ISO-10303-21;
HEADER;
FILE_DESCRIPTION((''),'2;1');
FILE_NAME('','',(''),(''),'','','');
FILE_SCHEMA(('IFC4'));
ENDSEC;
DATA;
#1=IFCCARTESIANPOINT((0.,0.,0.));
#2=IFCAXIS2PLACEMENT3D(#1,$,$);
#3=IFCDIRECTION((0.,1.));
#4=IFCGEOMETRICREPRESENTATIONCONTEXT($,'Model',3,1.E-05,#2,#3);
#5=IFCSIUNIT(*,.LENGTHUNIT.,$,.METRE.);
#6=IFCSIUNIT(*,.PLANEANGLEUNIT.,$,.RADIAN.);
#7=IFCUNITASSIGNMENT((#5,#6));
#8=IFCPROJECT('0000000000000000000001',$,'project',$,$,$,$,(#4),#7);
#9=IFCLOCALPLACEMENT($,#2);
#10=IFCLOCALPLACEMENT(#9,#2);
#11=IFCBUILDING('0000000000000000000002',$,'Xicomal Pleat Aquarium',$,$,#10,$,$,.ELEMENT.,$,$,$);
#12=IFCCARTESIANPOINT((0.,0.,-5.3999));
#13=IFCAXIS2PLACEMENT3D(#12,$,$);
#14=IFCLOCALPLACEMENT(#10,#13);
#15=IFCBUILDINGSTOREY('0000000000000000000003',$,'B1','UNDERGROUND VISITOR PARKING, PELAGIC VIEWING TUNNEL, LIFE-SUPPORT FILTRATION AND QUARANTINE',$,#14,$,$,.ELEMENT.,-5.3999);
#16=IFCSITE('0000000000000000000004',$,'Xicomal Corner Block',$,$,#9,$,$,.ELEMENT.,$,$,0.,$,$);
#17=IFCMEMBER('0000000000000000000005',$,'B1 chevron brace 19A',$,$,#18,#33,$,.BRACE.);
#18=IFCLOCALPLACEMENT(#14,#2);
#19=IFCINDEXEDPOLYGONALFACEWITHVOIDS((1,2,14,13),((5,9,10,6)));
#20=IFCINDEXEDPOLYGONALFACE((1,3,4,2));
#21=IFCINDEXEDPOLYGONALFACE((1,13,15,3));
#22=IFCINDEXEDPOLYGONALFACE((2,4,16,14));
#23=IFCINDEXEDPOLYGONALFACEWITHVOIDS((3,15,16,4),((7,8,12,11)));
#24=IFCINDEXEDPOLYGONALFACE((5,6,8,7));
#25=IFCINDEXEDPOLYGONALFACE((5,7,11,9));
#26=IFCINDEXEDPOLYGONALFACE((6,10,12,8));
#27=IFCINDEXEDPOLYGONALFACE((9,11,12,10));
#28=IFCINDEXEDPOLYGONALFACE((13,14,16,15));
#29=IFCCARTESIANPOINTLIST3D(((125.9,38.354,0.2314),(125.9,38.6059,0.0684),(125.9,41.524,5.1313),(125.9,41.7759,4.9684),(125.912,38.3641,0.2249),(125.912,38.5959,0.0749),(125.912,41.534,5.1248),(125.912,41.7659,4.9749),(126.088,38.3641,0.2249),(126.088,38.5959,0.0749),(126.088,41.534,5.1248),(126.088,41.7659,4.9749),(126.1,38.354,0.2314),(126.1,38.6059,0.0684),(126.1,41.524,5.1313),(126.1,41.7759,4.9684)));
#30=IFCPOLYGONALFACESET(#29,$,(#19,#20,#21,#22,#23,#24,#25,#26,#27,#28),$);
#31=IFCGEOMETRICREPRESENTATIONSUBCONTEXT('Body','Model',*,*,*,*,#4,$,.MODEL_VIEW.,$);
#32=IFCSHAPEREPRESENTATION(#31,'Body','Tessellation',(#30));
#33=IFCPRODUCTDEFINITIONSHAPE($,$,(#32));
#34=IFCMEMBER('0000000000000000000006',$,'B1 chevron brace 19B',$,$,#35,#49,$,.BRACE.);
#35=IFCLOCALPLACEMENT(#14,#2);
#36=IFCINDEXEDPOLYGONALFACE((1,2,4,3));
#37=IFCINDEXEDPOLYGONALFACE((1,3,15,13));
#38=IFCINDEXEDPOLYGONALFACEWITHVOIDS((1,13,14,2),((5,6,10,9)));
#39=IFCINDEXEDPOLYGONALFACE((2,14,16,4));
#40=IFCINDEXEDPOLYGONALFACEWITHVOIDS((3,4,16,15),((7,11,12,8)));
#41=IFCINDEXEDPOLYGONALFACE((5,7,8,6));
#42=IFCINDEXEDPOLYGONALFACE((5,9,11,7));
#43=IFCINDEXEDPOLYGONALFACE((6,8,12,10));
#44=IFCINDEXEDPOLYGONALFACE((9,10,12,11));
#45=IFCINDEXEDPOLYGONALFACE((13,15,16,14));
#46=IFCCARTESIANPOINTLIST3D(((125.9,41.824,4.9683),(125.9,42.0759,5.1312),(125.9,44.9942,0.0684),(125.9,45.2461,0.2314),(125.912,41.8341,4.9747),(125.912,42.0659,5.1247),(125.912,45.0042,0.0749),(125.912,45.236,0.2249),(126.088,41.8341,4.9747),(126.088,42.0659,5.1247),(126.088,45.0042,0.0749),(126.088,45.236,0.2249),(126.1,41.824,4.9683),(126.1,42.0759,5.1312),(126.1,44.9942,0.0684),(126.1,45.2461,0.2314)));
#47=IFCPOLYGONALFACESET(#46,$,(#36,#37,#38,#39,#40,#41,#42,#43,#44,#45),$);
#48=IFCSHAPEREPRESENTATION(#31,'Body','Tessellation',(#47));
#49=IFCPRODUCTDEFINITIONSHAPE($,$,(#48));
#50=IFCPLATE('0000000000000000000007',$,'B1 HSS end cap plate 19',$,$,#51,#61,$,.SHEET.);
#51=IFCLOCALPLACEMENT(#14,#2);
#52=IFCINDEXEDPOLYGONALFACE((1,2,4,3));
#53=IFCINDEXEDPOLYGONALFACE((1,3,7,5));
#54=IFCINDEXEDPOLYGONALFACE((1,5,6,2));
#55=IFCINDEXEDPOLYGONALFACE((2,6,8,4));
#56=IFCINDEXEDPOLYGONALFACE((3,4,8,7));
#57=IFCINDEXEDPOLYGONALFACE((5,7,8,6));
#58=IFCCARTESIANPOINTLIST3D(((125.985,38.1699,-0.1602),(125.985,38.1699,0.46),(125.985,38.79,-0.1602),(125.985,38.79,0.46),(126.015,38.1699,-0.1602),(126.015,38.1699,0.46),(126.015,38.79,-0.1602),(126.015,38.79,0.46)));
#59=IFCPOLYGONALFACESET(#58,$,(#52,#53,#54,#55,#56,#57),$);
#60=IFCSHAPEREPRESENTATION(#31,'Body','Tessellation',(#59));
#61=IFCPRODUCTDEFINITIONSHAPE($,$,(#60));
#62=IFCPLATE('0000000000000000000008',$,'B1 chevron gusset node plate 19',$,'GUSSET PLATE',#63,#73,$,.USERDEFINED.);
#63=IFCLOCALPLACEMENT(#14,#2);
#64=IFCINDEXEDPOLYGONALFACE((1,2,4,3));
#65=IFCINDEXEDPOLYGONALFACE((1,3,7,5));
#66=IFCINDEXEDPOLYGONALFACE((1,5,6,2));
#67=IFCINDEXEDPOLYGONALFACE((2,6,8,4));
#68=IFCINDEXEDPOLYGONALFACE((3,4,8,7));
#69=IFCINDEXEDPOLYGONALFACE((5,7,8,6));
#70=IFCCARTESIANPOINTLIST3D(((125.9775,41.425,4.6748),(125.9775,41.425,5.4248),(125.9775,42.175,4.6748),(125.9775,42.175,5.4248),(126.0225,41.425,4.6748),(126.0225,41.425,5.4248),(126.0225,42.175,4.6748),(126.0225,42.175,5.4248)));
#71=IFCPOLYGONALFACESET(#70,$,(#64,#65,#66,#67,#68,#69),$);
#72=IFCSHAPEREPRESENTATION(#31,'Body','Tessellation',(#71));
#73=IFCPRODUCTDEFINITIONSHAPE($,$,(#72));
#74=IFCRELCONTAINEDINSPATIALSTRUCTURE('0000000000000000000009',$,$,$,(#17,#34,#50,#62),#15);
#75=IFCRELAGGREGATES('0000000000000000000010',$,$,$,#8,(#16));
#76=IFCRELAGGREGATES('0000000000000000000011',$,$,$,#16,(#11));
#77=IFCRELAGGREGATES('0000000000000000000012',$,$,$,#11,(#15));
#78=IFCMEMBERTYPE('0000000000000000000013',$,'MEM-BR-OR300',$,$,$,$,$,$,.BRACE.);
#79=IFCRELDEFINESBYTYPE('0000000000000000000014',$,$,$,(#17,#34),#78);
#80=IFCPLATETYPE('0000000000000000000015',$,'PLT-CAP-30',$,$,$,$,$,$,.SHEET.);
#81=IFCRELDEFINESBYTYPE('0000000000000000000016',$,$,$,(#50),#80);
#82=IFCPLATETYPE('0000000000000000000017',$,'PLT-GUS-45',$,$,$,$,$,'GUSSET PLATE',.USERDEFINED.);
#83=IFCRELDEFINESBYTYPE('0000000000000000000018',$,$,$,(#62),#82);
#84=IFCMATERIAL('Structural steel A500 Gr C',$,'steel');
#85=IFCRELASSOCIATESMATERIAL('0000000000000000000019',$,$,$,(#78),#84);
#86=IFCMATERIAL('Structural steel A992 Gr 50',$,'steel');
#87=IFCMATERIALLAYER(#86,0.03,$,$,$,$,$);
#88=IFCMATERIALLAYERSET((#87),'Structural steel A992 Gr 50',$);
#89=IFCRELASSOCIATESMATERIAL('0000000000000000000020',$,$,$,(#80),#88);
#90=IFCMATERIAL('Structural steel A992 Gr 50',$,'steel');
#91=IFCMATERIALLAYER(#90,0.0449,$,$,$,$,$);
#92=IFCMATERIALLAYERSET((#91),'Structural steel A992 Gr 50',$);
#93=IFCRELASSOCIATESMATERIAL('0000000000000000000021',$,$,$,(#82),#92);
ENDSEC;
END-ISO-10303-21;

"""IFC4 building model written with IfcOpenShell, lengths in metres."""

from ifc_helpers import new_model, si_unit, direction, frame, origin, origin_2d, place, context, subcontext, project, spatial, rectangle, hollow_rectangle, extrude, material, layer, layer_set, material_profile, profile_set, type_object, element, save


model = new_model("IFC4")

# Units and contexts
model_context = context("Model", 3, precision=1e-05, world=origin(), true_north=direction((0.0, 1.0)))
body_context = subcontext(model_context, "Body", "Model", "MODEL_VIEW")
ifc_project = project(units=[si_unit("LENGTHUNIT", "METRE"), si_unit("PLANEANGLEUNIT", "RADIAN")], contexts=[model_context])

# Site, building, storey
site_placement = place(None, origin())
site = spatial("IfcSite", under=ifc_project, at=site_placement, Name="Xicomal Corner Block", CompositionType="ELEMENT", RefElevation=0.0)
building_placement = place(site_placement, origin())
building = spatial("IfcBuilding", under=site, at=building_placement, Name="Xicomal Pleat Aquarium", CompositionType="ELEMENT")
storey_placement = place(building_placement, frame((0.0, 0.0, -5.3999)))
storey = spatial("IfcBuildingStorey", under=building, at=storey_placement, Name="B1", Description="UNDERGROUND VISITOR PARKING, PELAGIC VIEWING TUNNEL, LIFE-SUPPORT FILTRATION AND QUARANTINE", CompositionType="ELEMENT", Elevation=-5.3999)

# Members
ifc_material_1 = material(Name="Structural steel A500 Gr C", Category="steel")
ifc_material_profile_1 = material_profile(ifc_material_1, hollow_rectangle(XDim=0.2, YDim=0.3, WallThickness=0.012, at=origin_2d()), Name="OR 300x200x12")
ifc_profile_set_1 = profile_set([ifc_material_profile_1], Name="Structural steel A500 Gr C")
member_type = type_object("IfcMemberType", Name="MEM-BR-OR300", PredefinedType="BRACE", material=ifc_profile_set_1)
for number, where, z_axis, x_axis, name in (
    (1, (126.0, 38.48, 0.1499), (0.0, 0.543178, 0.839617), (-1.0, 0.0, 0.0), "B1 chevron brace 19A"),
    (2, (126.0, 45.1201, 0.1499), (0.0, -0.543208, 0.839598), (1.0, 0.0, 0.0), "B1 chevron brace 19B"),
):
    element("IfcMember", number, at=place(storey_placement, frame(where, z_axis=z_axis, x_axis=x_axis)), inside=storey, type_object=member_type, Name=name, PredefinedType="BRACE", context=body_context, shape_type="SweptSolid", body=[
        extrude(hollow_rectangle(XDim=0.2, YDim=0.3, WallThickness=0.012, at=origin_2d()), origin(), (0.0, 0.0, 1.0), 5.8359),
    ])

# Plates
ifc_material_2 = material(Name="Structural steel A992 Gr 50", Category="steel")
ifc_layer_1 = layer(ifc_material_2, 0.03)
ifc_layer_set_1 = layer_set([ifc_layer_1], Name="Structural steel A992 Gr 50")
plate_type_1 = type_object("IfcPlateType", Name="PLT-CAP-30", PredefinedType="SHEET", material=ifc_layer_set_1)
plate_1_placement = place(storey_placement, frame((126.0, 38.48, -0.1602), z_axis=(0.0, 0.0, 1.0), x_axis=(0.0, 1.0, 0.0)))
element("IfcPlate", 3, at=plate_1_placement, inside=storey, type_object=plate_type_1, Name="B1 HSS end cap plate 19", PredefinedType="SHEET", context=body_context, shape_type="SweptSolid", body=[
    extrude(rectangle(XDim=0.6201, YDim=0.03, at=origin_2d()), origin(), (0.0, 0.0, 1.0), 0.6201),
])
ifc_material_3 = material(Name="Structural steel A992 Gr 50", Category="steel")
ifc_layer_2 = layer(ifc_material_3, 0.0449)
ifc_layer_set_2 = layer_set([ifc_layer_2], Name="Structural steel A992 Gr 50")
plate_type_2 = type_object("IfcPlateType", Name="PLT-GUS-45", ElementType="GUSSET PLATE", PredefinedType="USERDEFINED", material=ifc_layer_set_2)
plate_2_placement = place(storey_placement, frame((126.0, 41.8, 4.6748), z_axis=(0.0, 0.0, 1.0), x_axis=(0.0, 1.0, 0.0)))
element("IfcPlate", 4, at=plate_2_placement, inside=storey, type_object=plate_type_2, Name="B1 chevron gusset node plate 19", ObjectType="GUSSET PLATE", PredefinedType="USERDEFINED", context=body_context, shape_type="SweptSolid", body=[
    extrude(rectangle(XDim=0.75, YDim=0.0449, at=origin_2d()), origin(), (0.0, 0.0, 1.0), 0.75),
])

save(model, "model.ifc")
